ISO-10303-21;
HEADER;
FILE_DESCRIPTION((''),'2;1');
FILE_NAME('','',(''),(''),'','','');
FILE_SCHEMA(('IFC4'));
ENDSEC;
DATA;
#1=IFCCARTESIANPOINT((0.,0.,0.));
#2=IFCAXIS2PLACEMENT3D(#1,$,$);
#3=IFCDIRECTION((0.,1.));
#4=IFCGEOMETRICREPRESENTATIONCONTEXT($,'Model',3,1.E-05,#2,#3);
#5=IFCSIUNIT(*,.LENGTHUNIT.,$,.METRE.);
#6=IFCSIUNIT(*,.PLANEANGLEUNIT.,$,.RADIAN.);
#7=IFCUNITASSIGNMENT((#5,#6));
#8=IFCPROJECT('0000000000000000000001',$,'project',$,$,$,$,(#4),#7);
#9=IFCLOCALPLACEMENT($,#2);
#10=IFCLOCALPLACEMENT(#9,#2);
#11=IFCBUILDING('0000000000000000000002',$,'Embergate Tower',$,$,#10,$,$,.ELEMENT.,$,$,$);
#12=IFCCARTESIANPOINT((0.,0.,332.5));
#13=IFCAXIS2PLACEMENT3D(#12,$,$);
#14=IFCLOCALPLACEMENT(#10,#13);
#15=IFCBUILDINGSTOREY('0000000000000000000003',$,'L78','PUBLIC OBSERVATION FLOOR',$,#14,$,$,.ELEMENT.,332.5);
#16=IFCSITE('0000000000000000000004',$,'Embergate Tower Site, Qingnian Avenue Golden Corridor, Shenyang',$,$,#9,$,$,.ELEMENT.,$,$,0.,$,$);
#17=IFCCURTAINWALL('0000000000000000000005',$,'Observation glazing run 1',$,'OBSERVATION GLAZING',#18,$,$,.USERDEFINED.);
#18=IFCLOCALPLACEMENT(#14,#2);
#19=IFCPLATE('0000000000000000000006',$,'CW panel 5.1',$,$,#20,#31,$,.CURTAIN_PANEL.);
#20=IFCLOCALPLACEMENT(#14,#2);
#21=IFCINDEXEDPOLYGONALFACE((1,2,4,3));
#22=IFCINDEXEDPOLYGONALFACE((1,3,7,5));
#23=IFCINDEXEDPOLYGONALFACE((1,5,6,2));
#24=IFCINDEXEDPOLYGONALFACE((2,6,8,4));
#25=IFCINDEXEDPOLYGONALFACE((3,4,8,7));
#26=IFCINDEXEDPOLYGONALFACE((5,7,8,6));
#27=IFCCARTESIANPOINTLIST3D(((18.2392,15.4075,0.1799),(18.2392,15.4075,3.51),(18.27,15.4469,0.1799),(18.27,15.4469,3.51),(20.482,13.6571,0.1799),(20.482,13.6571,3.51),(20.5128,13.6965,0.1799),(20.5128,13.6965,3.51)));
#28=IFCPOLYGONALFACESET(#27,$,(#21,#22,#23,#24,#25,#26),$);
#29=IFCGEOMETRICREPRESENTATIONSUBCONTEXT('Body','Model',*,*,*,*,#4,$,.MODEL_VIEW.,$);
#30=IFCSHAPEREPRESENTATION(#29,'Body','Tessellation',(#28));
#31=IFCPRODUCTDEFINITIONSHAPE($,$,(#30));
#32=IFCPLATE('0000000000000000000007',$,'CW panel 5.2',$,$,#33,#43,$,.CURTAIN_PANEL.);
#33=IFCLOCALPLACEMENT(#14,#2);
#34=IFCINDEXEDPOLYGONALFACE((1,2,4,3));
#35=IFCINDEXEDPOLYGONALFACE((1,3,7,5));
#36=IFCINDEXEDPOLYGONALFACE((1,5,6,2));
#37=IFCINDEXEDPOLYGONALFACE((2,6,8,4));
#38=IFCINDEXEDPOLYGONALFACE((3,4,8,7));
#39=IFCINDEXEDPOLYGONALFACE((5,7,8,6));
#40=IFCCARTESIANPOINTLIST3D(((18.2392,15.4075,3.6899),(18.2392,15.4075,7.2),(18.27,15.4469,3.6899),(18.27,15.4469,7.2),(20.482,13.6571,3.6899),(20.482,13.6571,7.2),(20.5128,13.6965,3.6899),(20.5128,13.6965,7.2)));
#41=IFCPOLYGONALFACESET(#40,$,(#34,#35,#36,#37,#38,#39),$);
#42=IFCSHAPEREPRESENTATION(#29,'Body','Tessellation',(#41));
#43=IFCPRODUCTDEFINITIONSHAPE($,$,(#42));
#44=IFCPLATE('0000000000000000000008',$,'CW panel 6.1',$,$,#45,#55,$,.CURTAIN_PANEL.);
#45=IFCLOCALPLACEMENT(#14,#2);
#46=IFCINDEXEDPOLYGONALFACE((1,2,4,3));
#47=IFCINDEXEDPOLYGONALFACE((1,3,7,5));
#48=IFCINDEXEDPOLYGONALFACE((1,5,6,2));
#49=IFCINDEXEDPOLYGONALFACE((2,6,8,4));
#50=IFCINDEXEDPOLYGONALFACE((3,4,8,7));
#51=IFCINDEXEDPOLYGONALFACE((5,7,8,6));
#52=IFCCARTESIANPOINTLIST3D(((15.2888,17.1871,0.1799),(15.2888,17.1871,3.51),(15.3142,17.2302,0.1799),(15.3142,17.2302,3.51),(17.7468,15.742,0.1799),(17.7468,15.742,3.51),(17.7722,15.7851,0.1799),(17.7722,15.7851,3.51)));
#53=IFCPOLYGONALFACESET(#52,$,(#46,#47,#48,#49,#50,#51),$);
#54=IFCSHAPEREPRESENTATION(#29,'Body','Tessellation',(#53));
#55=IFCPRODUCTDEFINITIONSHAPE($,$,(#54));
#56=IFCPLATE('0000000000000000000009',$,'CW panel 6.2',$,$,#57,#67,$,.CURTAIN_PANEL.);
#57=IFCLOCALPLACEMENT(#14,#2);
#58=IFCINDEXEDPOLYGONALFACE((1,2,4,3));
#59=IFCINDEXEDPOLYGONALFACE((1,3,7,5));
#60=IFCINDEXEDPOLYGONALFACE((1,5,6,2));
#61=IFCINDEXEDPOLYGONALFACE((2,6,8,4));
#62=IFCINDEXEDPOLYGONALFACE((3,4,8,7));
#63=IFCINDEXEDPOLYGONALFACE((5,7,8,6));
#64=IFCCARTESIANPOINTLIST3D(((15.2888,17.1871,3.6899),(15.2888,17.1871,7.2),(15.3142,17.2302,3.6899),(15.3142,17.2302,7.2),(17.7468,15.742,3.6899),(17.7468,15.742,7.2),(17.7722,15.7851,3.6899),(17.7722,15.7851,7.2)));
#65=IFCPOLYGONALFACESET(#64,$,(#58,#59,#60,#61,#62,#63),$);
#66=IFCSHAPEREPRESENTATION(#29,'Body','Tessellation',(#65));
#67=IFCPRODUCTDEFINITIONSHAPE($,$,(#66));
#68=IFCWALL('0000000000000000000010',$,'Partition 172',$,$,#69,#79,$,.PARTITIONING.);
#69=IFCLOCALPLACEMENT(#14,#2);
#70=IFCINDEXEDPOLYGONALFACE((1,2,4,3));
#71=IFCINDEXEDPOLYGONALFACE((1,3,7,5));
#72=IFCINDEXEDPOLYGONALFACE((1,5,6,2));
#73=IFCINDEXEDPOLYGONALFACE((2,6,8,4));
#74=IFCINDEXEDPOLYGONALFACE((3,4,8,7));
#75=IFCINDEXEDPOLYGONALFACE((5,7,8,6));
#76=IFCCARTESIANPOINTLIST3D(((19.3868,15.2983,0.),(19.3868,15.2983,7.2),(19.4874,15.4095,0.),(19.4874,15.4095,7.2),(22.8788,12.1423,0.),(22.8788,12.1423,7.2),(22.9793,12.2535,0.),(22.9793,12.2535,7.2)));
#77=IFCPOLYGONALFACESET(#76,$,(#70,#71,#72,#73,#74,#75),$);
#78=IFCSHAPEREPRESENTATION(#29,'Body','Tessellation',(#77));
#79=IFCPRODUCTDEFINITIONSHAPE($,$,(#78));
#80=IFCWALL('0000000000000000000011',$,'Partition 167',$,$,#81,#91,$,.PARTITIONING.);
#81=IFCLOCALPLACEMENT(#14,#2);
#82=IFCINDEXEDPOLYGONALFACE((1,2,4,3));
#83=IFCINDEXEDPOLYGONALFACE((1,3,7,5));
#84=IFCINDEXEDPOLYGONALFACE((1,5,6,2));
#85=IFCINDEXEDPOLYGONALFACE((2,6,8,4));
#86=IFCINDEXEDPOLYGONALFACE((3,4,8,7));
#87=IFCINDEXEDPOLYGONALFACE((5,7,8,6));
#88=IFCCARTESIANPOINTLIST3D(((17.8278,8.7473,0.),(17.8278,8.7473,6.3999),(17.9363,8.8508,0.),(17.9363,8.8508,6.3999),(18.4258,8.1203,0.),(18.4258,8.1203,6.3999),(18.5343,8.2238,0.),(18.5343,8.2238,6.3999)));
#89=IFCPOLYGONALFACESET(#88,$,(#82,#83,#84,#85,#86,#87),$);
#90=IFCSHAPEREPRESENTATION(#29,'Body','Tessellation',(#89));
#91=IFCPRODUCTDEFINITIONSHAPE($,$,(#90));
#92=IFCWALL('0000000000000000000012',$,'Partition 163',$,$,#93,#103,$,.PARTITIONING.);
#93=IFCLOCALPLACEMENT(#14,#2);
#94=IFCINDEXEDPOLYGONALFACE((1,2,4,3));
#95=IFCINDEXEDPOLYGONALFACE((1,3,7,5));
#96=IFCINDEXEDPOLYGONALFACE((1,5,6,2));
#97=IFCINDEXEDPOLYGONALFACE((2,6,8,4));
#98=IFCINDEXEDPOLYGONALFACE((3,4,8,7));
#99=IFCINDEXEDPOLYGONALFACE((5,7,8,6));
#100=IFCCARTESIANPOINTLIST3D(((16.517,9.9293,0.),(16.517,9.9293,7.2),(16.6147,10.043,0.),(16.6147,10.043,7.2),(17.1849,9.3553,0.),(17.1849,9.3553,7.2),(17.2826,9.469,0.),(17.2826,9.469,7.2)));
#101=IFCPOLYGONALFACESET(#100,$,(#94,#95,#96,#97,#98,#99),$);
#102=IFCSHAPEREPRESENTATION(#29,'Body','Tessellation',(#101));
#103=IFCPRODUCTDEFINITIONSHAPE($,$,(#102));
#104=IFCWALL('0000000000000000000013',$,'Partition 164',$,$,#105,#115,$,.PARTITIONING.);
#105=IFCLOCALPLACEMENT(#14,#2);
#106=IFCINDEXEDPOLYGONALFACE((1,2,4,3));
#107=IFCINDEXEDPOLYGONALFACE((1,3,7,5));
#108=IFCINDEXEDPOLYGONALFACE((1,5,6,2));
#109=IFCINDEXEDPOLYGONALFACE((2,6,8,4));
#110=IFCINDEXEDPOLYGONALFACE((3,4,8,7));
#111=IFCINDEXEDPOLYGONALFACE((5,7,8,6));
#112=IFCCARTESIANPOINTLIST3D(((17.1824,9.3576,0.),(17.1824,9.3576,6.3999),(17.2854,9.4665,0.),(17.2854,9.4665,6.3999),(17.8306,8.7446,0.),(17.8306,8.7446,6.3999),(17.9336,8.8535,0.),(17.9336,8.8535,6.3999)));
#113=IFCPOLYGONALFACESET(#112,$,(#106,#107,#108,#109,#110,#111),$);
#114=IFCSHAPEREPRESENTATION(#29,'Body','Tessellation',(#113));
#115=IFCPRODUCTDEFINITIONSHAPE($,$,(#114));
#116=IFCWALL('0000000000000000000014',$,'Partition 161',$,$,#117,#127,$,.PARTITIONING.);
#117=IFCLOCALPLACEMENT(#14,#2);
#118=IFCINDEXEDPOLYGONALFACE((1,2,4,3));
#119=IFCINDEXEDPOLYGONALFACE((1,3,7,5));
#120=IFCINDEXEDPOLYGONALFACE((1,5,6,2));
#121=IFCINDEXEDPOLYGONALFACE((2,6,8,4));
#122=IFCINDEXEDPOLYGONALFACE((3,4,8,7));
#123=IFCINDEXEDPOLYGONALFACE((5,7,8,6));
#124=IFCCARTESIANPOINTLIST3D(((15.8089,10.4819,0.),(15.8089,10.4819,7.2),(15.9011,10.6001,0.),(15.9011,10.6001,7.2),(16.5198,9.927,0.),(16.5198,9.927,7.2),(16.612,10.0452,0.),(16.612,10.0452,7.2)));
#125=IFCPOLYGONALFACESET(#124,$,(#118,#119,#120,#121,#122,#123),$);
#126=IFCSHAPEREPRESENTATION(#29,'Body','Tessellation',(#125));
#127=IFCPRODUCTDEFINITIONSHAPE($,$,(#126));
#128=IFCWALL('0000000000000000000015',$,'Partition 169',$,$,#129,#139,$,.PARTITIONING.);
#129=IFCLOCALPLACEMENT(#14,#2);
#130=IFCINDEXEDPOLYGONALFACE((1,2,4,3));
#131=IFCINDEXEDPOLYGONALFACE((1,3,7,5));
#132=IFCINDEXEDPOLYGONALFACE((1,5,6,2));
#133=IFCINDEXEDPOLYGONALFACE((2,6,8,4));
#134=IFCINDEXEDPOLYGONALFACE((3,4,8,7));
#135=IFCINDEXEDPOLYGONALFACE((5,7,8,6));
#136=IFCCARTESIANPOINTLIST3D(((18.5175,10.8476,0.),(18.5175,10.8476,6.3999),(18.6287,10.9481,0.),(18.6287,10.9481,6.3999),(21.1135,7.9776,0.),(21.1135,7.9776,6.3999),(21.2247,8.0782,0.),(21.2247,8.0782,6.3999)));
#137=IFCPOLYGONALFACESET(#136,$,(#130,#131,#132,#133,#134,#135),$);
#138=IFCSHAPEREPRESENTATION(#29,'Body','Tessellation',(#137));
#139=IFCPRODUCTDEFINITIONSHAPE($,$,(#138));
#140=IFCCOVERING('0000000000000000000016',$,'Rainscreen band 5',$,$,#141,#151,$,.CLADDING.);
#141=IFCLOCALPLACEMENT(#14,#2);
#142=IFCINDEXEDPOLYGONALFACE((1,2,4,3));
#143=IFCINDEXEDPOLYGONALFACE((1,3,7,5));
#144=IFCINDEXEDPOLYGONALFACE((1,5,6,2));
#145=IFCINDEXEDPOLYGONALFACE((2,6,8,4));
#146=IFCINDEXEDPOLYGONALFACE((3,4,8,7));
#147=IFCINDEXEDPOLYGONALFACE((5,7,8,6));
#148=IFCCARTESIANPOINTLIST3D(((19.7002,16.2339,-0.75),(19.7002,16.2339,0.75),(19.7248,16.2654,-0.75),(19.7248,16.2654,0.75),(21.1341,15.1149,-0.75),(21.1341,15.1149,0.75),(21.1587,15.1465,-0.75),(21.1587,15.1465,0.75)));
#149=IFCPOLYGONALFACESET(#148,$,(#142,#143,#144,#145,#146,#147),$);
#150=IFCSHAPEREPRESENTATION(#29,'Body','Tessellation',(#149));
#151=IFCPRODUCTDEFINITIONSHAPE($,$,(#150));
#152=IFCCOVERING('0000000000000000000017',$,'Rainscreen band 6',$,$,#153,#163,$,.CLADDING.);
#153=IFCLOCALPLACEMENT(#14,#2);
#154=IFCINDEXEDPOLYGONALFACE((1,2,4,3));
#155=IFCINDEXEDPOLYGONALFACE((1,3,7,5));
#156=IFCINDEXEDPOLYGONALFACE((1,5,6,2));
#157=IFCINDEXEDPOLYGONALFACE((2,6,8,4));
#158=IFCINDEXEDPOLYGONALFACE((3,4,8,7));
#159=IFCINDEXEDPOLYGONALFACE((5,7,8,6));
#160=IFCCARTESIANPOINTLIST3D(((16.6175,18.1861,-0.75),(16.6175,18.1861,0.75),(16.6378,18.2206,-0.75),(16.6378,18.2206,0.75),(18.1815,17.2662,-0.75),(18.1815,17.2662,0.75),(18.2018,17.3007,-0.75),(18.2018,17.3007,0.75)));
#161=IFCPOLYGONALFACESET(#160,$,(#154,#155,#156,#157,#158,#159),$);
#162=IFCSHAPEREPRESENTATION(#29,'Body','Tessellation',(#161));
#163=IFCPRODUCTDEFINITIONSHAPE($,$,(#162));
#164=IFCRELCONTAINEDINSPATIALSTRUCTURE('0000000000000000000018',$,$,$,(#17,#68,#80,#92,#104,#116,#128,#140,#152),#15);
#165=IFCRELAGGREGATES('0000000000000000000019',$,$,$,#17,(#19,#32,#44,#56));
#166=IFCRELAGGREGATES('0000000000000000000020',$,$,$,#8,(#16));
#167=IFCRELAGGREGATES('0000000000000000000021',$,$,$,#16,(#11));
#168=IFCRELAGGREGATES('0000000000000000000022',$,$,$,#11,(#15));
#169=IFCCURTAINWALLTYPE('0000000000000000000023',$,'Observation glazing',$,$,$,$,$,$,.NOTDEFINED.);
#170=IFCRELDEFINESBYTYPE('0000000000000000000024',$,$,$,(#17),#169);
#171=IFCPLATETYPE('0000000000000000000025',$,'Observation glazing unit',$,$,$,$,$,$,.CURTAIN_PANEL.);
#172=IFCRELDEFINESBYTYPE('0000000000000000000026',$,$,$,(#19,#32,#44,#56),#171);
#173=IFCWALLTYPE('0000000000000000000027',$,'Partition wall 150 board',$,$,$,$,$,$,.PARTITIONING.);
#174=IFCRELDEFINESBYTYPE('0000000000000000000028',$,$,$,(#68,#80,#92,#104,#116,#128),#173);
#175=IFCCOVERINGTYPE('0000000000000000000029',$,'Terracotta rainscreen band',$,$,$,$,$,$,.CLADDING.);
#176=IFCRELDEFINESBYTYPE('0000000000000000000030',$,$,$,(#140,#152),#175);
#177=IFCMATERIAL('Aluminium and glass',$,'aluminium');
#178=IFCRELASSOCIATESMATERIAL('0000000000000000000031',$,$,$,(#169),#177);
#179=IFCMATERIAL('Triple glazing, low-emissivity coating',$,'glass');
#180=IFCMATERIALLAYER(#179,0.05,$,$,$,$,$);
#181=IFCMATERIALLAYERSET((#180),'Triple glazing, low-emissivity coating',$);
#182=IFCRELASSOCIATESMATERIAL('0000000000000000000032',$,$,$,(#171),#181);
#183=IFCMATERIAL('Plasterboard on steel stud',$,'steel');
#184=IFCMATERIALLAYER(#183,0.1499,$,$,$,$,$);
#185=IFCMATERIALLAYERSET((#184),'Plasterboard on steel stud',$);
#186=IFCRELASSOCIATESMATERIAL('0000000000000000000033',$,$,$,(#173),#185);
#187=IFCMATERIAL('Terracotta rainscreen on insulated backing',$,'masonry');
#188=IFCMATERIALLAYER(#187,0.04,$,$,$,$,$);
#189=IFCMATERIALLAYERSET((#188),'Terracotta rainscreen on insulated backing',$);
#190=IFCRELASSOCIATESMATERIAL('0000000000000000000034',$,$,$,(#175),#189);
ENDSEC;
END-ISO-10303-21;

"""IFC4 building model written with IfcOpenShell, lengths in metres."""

from ifc_helpers import new_model, si_unit, direction, frame, frame_2d, origin, origin_2d, place, context, subcontext, project, spatial, rectangle, extrude, source, transform, mapped, material, layer, layer_set, type_object, element, aggregate, save


model = new_model("IFC4")

# Units and contexts
model_context = context("Model", 3, precision=1e-05, world=origin(), true_north=direction((0.0, 1.0)))
body_context = subcontext(model_context, "Body", "Model", "MODEL_VIEW")
ifc_project = project(units=[si_unit("LENGTHUNIT", "METRE"), si_unit("PLANEANGLEUNIT", "RADIAN")], contexts=[model_context])

# Site, building, storey
site_placement = place(None, origin())
site = spatial("IfcSite", under=ifc_project, at=site_placement, Name="Embergate Tower Site, Qingnian Avenue Golden Corridor, Shenyang", CompositionType="ELEMENT", RefElevation=0.0)
building_placement = place(site_placement, origin())
building = spatial("IfcBuilding", under=site, at=building_placement, Name="Embergate Tower", CompositionType="ELEMENT")
storey_placement = place(building_placement, frame((0.0, 0.0, 332.5)))
storey = spatial("IfcBuildingStorey", under=building, at=storey_placement, Name="L78", Description="PUBLIC OBSERVATION FLOOR", CompositionType="ELEMENT", Elevation=332.5)

# Curtain wall, plates
ifc_material_1 = material(Name="Aluminium and glass", Category="aluminium")
curtain_wall_type = type_object("IfcCurtainWallType", Name="Observation glazing", PredefinedType="NOTDEFINED", material=ifc_material_1)
curtain_wall_placement = place(storey_placement, origin())
curtain_wall = element("IfcCurtainWall", 1, at=curtain_wall_placement, inside=storey, type_object=curtain_wall_type, Name="Observation glazing run 1", ObjectType="OBSERVATION GLAZING", PredefinedType="USERDEFINED")
ifc_material_2 = material(Name="Triple glazing, low-emissivity coating", Category="glass")
ifc_layer_1 = layer(ifc_material_2, 0.05)
ifc_layer_set_1 = layer_set([ifc_layer_1], Name="Triple glazing, low-emissivity coating")
plate_type = type_object("IfcPlateType", Name="Observation glazing unit", PredefinedType="CURTAIN_PANEL", material=ifc_layer_set_1)
shared_shape_1 = source(origin(), body_context, "Body", "SweptSolid", [
    extrude(rectangle(XDim=2.845, YDim=0.05, at=origin_2d()), origin(), (0.0, 0.0, 1.0), 3.3301),
])
plate_1_placement = place(storey_placement, frame((19.376, 14.552, 0.1799), z_axis=(0.0, 0.0, 1.0), x_axis=(-0.788325, 0.615258, 0.0)))
plate_1 = element("IfcPlate", 2, at=plate_1_placement, type_object=plate_type, Name="CW panel 5.1", PredefinedType="CURTAIN_PANEL", context=body_context, shape_type="MappedRepresentation", body=[
    mapped(shared_shape_1, transform((0.0, 0.0, 0.0))),
])
shared_shape_2 = source(origin(), body_context, "Body", "SweptSolid", [
    extrude(rectangle(XDim=2.845, YDim=0.05, at=origin_2d()), origin(), (0.0, 0.0, 1.0), 3.51),
])
plate_2_placement = place(storey_placement, frame((19.376, 14.552, 3.6899), z_axis=(0.0, 0.0, 1.0), x_axis=(-0.788325, 0.615258, 0.0)))
plate_2 = element("IfcPlate", 3, at=plate_2_placement, type_object=plate_type, Name="CW panel 5.2", PredefinedType="CURTAIN_PANEL", context=body_context, shape_type="MappedRepresentation", body=[
    mapped(shared_shape_2, transform((0.0, 0.0, 0.0))),
])
shared_shape_3 = source(origin(), body_context, "Body", "SweptSolid", [
    extrude(rectangle(XDim=2.8513, YDim=0.05, at=origin_2d()), origin(), (0.0, 0.0, 1.0), 3.3301),
])
plate_3_placement = place(storey_placement, frame((16.5305, 16.4861, 0.1799), z_axis=(0.0, 0.0, 1.0), x_axis=(-0.862057, 0.506812, 0.0)))
plate_3 = element("IfcPlate", 4, at=plate_3_placement, type_object=plate_type, Name="CW panel 6.1", PredefinedType="CURTAIN_PANEL", context=body_context, shape_type="MappedRepresentation", body=[
    mapped(shared_shape_3, transform((0.0, 0.0, 0.0))),
])
shared_shape_4 = source(origin(), body_context, "Body", "SweptSolid", [
    extrude(rectangle(XDim=2.8513, YDim=0.05, at=origin_2d()), origin(), (0.0, 0.0, 1.0), 3.51),
])
plate_4_placement = place(storey_placement, frame((16.5305, 16.4861, 3.6899), z_axis=(0.0, 0.0, 1.0), x_axis=(-0.862057, 0.506812, 0.0)))
plate_4 = element("IfcPlate", 5, at=plate_4_placement, type_object=plate_type, Name="CW panel 6.2", PredefinedType="CURTAIN_PANEL", context=body_context, shape_type="MappedRepresentation", body=[
    mapped(shared_shape_4, transform((0.0, 0.0, 0.0))),
])
aggregate(curtain_wall, [plate_1, plate_2, plate_3, plate_4])

# Walls
ifc_material_3 = material(Name="Plasterboard on steel stud", Category="steel")
ifc_layer_2 = layer(ifc_material_3, 0.1499)
ifc_layer_set_2 = layer_set([ifc_layer_2], Name="Plasterboard on steel stud")
wall_type = type_object("IfcWallType", Name="Partition wall 150 board", PredefinedType="PARTITIONING", material=ifc_layer_set_2)
shared_shape_5 = source(origin(), body_context, "Body", "SweptSolid", [
    extrude(rectangle(XDim=4.7068, YDim=0.1499, at=frame_2d((2.3535, 0.0))), origin(), (0.0, 0.0, 1.0), 7.2),
])
wall_1_placement = place(storey_placement, frame((19.437, 15.354, 0.0), z_axis=(0.0, 0.0, 1.0), x_axis=(0.741892, -0.670519, 0.0)))
element("IfcWall", 6, at=wall_1_placement, inside=storey, type_object=wall_type, Name="Partition 172", PredefinedType="PARTITIONING", context=body_context, shape_type="MappedRepresentation", body=[
    mapped(shared_shape_5, transform((0.0, 0.0, 0.0))),
])
shared_shape_6 = source(origin(), body_context, "Body", "SweptSolid", [
    extrude(rectangle(XDim=0.8665, YDim=0.1499, at=frame_2d((0.4331, 0.0))), origin(), (0.0, 0.0, 1.0), 6.3999),
])
wall_2_placement = place(storey_placement, frame((18.48, 8.1721, 0.0), z_axis=(0.0, 0.0, 1.0), x_axis=(-0.690141, 0.723675, 0.0)))
element("IfcWall", 7, at=wall_2_placement, inside=storey, type_object=wall_type, Name="Partition 167", PredefinedType="PARTITIONING", context=body_context, shape_type="MappedRepresentation", body=[
    mapped(shared_shape_6, transform((0.0, 0.0, 0.0))),
])
shared_shape_7 = source(origin(), body_context, "Body", "SweptSolid", [
    extrude(rectangle(XDim=0.8806, YDim=0.1499, at=frame_2d((0.4404, 0.0))), origin(), (0.0, 0.0, 1.0), 7.2),
])
wall_3_placement = place(storey_placement, frame((17.2339, 9.4121, 0.0), z_axis=(0.0, 0.0, 1.0), x_axis=(-0.758454, 0.651727, 0.0)))
element("IfcWall", 8, at=wall_3_placement, inside=storey, type_object=wall_type, Name="Partition 163", PredefinedType="PARTITIONING", context=body_context, shape_type="MappedRepresentation", body=[
    mapped(shared_shape_7, transform((0.0, 0.0, 0.0))),
])
shared_shape_8 = source(origin(), body_context, "Body", "SweptSolid", [
    extrude(rectangle(XDim=0.8921, YDim=0.1499, at=frame_2d((0.446, 0.0))), origin(), (0.0, 0.0, 1.0), 6.3999),
])
wall_4_placement = place(storey_placement, frame((17.8821, 8.7991, 0.0), z_axis=(0.0, 0.0, 1.0), x_axis=(-0.726535, 0.68713, 0.0)))
element("IfcWall", 9, at=wall_4_placement, inside=storey, type_object=wall_type, Name="Partition 164", PredefinedType="PARTITIONING", context=body_context, shape_type="MappedRepresentation", body=[
    mapped(shared_shape_8, transform((0.0, 0.0, 0.0))),
])
shared_shape_9 = source(origin(), body_context, "Body", "SweptSolid", [
    extrude(rectangle(XDim=0.9019, YDim=0.1499, at=frame_2d((0.4509, 0.0))), origin(), (0.0, 0.0, 1.0), 7.2),
])
wall_5_placement = place(storey_placement, frame((16.5659, 9.9861, 0.0), z_axis=(0.0, 0.0, 1.0), x_axis=(-0.788287, 0.615308, 0.0)))
element("IfcWall", 10, at=wall_5_placement, inside=storey, type_object=wall_type, Name="Partition 161", PredefinedType="PARTITIONING", context=body_context, shape_type="MappedRepresentation", body=[
    mapped(shared_shape_9, transform((0.0, 0.0, 0.0))),
])
shared_shape_10 = source(origin(), body_context, "Body", "SweptSolid", [
    extrude(rectangle(XDim=3.8699, YDim=0.1499, at=frame_2d((1.9351, 0.0))), origin(), (0.0, 0.0, 1.0), 6.3999),
])
wall_6_placement = place(storey_placement, frame((18.573, 10.8979, 0.0), z_axis=(0.0, 0.0, 1.0), x_axis=(0.670827, -0.741613, 0.0)))
element("IfcWall", 11, at=wall_6_placement, inside=storey, type_object=wall_type, Name="Partition 169", PredefinedType="PARTITIONING", context=body_context, shape_type="MappedRepresentation", body=[
    mapped(shared_shape_10, transform((0.0, 0.0, 0.0))),
])

# Coverings
ifc_material_4 = material(Name="Terracotta rainscreen on insulated backing", Category="masonry")
ifc_layer_3 = layer(ifc_material_4, 0.04)
ifc_layer_set_3 = layer_set([ifc_layer_3], Name="Terracotta rainscreen on insulated backing")
covering_type = type_object("IfcCoveringType", Name="Terracotta rainscreen band", PredefinedType="CLADDING", material=ifc_layer_set_3)
shared_shape_11 = source(origin(), body_context, "Body", "SweptSolid", [
    extrude(rectangle(XDim=1.8188, YDim=0.04, at=origin_2d()), origin(), (0.0, 0.0, 1.0), 1.5),
])
covering_1_placement = place(storey_placement, frame((20.4294, 15.6902, -0.75), z_axis=(0.0, 0.0, 1.0), x_axis=(-0.788374, 0.615197, 0.0)))
element("IfcCovering", 12, at=covering_1_placement, inside=storey, type_object=covering_type, Name="Rainscreen band 5", PredefinedType="CLADDING", context=body_context, shape_type="MappedRepresentation", body=[
    mapped(shared_shape_11, transform((0.0, 0.0, 0.0))),
])
shared_shape_12 = source(origin(), body_context, "Body", "SweptSolid", [
    extrude(rectangle(XDim=1.8145, YDim=0.04, at=origin_2d()), origin(), (0.0, 0.0, 1.0), 1.5),
])
covering_2_placement = place(storey_placement, frame((17.4097, 17.7434, -0.75), z_axis=(0.0, 0.0, 1.0), x_axis=(-0.861935, 0.507019, 0.0)))
element("IfcCovering", 13, at=covering_2_placement, inside=storey, type_object=covering_type, Name="Rainscreen band 6", PredefinedType="CLADDING", context=body_context, shape_type="MappedRepresentation", body=[
    mapped(shared_shape_12, transform((0.0, 0.0, 0.0))),
])

save(model, "model.ifc")
